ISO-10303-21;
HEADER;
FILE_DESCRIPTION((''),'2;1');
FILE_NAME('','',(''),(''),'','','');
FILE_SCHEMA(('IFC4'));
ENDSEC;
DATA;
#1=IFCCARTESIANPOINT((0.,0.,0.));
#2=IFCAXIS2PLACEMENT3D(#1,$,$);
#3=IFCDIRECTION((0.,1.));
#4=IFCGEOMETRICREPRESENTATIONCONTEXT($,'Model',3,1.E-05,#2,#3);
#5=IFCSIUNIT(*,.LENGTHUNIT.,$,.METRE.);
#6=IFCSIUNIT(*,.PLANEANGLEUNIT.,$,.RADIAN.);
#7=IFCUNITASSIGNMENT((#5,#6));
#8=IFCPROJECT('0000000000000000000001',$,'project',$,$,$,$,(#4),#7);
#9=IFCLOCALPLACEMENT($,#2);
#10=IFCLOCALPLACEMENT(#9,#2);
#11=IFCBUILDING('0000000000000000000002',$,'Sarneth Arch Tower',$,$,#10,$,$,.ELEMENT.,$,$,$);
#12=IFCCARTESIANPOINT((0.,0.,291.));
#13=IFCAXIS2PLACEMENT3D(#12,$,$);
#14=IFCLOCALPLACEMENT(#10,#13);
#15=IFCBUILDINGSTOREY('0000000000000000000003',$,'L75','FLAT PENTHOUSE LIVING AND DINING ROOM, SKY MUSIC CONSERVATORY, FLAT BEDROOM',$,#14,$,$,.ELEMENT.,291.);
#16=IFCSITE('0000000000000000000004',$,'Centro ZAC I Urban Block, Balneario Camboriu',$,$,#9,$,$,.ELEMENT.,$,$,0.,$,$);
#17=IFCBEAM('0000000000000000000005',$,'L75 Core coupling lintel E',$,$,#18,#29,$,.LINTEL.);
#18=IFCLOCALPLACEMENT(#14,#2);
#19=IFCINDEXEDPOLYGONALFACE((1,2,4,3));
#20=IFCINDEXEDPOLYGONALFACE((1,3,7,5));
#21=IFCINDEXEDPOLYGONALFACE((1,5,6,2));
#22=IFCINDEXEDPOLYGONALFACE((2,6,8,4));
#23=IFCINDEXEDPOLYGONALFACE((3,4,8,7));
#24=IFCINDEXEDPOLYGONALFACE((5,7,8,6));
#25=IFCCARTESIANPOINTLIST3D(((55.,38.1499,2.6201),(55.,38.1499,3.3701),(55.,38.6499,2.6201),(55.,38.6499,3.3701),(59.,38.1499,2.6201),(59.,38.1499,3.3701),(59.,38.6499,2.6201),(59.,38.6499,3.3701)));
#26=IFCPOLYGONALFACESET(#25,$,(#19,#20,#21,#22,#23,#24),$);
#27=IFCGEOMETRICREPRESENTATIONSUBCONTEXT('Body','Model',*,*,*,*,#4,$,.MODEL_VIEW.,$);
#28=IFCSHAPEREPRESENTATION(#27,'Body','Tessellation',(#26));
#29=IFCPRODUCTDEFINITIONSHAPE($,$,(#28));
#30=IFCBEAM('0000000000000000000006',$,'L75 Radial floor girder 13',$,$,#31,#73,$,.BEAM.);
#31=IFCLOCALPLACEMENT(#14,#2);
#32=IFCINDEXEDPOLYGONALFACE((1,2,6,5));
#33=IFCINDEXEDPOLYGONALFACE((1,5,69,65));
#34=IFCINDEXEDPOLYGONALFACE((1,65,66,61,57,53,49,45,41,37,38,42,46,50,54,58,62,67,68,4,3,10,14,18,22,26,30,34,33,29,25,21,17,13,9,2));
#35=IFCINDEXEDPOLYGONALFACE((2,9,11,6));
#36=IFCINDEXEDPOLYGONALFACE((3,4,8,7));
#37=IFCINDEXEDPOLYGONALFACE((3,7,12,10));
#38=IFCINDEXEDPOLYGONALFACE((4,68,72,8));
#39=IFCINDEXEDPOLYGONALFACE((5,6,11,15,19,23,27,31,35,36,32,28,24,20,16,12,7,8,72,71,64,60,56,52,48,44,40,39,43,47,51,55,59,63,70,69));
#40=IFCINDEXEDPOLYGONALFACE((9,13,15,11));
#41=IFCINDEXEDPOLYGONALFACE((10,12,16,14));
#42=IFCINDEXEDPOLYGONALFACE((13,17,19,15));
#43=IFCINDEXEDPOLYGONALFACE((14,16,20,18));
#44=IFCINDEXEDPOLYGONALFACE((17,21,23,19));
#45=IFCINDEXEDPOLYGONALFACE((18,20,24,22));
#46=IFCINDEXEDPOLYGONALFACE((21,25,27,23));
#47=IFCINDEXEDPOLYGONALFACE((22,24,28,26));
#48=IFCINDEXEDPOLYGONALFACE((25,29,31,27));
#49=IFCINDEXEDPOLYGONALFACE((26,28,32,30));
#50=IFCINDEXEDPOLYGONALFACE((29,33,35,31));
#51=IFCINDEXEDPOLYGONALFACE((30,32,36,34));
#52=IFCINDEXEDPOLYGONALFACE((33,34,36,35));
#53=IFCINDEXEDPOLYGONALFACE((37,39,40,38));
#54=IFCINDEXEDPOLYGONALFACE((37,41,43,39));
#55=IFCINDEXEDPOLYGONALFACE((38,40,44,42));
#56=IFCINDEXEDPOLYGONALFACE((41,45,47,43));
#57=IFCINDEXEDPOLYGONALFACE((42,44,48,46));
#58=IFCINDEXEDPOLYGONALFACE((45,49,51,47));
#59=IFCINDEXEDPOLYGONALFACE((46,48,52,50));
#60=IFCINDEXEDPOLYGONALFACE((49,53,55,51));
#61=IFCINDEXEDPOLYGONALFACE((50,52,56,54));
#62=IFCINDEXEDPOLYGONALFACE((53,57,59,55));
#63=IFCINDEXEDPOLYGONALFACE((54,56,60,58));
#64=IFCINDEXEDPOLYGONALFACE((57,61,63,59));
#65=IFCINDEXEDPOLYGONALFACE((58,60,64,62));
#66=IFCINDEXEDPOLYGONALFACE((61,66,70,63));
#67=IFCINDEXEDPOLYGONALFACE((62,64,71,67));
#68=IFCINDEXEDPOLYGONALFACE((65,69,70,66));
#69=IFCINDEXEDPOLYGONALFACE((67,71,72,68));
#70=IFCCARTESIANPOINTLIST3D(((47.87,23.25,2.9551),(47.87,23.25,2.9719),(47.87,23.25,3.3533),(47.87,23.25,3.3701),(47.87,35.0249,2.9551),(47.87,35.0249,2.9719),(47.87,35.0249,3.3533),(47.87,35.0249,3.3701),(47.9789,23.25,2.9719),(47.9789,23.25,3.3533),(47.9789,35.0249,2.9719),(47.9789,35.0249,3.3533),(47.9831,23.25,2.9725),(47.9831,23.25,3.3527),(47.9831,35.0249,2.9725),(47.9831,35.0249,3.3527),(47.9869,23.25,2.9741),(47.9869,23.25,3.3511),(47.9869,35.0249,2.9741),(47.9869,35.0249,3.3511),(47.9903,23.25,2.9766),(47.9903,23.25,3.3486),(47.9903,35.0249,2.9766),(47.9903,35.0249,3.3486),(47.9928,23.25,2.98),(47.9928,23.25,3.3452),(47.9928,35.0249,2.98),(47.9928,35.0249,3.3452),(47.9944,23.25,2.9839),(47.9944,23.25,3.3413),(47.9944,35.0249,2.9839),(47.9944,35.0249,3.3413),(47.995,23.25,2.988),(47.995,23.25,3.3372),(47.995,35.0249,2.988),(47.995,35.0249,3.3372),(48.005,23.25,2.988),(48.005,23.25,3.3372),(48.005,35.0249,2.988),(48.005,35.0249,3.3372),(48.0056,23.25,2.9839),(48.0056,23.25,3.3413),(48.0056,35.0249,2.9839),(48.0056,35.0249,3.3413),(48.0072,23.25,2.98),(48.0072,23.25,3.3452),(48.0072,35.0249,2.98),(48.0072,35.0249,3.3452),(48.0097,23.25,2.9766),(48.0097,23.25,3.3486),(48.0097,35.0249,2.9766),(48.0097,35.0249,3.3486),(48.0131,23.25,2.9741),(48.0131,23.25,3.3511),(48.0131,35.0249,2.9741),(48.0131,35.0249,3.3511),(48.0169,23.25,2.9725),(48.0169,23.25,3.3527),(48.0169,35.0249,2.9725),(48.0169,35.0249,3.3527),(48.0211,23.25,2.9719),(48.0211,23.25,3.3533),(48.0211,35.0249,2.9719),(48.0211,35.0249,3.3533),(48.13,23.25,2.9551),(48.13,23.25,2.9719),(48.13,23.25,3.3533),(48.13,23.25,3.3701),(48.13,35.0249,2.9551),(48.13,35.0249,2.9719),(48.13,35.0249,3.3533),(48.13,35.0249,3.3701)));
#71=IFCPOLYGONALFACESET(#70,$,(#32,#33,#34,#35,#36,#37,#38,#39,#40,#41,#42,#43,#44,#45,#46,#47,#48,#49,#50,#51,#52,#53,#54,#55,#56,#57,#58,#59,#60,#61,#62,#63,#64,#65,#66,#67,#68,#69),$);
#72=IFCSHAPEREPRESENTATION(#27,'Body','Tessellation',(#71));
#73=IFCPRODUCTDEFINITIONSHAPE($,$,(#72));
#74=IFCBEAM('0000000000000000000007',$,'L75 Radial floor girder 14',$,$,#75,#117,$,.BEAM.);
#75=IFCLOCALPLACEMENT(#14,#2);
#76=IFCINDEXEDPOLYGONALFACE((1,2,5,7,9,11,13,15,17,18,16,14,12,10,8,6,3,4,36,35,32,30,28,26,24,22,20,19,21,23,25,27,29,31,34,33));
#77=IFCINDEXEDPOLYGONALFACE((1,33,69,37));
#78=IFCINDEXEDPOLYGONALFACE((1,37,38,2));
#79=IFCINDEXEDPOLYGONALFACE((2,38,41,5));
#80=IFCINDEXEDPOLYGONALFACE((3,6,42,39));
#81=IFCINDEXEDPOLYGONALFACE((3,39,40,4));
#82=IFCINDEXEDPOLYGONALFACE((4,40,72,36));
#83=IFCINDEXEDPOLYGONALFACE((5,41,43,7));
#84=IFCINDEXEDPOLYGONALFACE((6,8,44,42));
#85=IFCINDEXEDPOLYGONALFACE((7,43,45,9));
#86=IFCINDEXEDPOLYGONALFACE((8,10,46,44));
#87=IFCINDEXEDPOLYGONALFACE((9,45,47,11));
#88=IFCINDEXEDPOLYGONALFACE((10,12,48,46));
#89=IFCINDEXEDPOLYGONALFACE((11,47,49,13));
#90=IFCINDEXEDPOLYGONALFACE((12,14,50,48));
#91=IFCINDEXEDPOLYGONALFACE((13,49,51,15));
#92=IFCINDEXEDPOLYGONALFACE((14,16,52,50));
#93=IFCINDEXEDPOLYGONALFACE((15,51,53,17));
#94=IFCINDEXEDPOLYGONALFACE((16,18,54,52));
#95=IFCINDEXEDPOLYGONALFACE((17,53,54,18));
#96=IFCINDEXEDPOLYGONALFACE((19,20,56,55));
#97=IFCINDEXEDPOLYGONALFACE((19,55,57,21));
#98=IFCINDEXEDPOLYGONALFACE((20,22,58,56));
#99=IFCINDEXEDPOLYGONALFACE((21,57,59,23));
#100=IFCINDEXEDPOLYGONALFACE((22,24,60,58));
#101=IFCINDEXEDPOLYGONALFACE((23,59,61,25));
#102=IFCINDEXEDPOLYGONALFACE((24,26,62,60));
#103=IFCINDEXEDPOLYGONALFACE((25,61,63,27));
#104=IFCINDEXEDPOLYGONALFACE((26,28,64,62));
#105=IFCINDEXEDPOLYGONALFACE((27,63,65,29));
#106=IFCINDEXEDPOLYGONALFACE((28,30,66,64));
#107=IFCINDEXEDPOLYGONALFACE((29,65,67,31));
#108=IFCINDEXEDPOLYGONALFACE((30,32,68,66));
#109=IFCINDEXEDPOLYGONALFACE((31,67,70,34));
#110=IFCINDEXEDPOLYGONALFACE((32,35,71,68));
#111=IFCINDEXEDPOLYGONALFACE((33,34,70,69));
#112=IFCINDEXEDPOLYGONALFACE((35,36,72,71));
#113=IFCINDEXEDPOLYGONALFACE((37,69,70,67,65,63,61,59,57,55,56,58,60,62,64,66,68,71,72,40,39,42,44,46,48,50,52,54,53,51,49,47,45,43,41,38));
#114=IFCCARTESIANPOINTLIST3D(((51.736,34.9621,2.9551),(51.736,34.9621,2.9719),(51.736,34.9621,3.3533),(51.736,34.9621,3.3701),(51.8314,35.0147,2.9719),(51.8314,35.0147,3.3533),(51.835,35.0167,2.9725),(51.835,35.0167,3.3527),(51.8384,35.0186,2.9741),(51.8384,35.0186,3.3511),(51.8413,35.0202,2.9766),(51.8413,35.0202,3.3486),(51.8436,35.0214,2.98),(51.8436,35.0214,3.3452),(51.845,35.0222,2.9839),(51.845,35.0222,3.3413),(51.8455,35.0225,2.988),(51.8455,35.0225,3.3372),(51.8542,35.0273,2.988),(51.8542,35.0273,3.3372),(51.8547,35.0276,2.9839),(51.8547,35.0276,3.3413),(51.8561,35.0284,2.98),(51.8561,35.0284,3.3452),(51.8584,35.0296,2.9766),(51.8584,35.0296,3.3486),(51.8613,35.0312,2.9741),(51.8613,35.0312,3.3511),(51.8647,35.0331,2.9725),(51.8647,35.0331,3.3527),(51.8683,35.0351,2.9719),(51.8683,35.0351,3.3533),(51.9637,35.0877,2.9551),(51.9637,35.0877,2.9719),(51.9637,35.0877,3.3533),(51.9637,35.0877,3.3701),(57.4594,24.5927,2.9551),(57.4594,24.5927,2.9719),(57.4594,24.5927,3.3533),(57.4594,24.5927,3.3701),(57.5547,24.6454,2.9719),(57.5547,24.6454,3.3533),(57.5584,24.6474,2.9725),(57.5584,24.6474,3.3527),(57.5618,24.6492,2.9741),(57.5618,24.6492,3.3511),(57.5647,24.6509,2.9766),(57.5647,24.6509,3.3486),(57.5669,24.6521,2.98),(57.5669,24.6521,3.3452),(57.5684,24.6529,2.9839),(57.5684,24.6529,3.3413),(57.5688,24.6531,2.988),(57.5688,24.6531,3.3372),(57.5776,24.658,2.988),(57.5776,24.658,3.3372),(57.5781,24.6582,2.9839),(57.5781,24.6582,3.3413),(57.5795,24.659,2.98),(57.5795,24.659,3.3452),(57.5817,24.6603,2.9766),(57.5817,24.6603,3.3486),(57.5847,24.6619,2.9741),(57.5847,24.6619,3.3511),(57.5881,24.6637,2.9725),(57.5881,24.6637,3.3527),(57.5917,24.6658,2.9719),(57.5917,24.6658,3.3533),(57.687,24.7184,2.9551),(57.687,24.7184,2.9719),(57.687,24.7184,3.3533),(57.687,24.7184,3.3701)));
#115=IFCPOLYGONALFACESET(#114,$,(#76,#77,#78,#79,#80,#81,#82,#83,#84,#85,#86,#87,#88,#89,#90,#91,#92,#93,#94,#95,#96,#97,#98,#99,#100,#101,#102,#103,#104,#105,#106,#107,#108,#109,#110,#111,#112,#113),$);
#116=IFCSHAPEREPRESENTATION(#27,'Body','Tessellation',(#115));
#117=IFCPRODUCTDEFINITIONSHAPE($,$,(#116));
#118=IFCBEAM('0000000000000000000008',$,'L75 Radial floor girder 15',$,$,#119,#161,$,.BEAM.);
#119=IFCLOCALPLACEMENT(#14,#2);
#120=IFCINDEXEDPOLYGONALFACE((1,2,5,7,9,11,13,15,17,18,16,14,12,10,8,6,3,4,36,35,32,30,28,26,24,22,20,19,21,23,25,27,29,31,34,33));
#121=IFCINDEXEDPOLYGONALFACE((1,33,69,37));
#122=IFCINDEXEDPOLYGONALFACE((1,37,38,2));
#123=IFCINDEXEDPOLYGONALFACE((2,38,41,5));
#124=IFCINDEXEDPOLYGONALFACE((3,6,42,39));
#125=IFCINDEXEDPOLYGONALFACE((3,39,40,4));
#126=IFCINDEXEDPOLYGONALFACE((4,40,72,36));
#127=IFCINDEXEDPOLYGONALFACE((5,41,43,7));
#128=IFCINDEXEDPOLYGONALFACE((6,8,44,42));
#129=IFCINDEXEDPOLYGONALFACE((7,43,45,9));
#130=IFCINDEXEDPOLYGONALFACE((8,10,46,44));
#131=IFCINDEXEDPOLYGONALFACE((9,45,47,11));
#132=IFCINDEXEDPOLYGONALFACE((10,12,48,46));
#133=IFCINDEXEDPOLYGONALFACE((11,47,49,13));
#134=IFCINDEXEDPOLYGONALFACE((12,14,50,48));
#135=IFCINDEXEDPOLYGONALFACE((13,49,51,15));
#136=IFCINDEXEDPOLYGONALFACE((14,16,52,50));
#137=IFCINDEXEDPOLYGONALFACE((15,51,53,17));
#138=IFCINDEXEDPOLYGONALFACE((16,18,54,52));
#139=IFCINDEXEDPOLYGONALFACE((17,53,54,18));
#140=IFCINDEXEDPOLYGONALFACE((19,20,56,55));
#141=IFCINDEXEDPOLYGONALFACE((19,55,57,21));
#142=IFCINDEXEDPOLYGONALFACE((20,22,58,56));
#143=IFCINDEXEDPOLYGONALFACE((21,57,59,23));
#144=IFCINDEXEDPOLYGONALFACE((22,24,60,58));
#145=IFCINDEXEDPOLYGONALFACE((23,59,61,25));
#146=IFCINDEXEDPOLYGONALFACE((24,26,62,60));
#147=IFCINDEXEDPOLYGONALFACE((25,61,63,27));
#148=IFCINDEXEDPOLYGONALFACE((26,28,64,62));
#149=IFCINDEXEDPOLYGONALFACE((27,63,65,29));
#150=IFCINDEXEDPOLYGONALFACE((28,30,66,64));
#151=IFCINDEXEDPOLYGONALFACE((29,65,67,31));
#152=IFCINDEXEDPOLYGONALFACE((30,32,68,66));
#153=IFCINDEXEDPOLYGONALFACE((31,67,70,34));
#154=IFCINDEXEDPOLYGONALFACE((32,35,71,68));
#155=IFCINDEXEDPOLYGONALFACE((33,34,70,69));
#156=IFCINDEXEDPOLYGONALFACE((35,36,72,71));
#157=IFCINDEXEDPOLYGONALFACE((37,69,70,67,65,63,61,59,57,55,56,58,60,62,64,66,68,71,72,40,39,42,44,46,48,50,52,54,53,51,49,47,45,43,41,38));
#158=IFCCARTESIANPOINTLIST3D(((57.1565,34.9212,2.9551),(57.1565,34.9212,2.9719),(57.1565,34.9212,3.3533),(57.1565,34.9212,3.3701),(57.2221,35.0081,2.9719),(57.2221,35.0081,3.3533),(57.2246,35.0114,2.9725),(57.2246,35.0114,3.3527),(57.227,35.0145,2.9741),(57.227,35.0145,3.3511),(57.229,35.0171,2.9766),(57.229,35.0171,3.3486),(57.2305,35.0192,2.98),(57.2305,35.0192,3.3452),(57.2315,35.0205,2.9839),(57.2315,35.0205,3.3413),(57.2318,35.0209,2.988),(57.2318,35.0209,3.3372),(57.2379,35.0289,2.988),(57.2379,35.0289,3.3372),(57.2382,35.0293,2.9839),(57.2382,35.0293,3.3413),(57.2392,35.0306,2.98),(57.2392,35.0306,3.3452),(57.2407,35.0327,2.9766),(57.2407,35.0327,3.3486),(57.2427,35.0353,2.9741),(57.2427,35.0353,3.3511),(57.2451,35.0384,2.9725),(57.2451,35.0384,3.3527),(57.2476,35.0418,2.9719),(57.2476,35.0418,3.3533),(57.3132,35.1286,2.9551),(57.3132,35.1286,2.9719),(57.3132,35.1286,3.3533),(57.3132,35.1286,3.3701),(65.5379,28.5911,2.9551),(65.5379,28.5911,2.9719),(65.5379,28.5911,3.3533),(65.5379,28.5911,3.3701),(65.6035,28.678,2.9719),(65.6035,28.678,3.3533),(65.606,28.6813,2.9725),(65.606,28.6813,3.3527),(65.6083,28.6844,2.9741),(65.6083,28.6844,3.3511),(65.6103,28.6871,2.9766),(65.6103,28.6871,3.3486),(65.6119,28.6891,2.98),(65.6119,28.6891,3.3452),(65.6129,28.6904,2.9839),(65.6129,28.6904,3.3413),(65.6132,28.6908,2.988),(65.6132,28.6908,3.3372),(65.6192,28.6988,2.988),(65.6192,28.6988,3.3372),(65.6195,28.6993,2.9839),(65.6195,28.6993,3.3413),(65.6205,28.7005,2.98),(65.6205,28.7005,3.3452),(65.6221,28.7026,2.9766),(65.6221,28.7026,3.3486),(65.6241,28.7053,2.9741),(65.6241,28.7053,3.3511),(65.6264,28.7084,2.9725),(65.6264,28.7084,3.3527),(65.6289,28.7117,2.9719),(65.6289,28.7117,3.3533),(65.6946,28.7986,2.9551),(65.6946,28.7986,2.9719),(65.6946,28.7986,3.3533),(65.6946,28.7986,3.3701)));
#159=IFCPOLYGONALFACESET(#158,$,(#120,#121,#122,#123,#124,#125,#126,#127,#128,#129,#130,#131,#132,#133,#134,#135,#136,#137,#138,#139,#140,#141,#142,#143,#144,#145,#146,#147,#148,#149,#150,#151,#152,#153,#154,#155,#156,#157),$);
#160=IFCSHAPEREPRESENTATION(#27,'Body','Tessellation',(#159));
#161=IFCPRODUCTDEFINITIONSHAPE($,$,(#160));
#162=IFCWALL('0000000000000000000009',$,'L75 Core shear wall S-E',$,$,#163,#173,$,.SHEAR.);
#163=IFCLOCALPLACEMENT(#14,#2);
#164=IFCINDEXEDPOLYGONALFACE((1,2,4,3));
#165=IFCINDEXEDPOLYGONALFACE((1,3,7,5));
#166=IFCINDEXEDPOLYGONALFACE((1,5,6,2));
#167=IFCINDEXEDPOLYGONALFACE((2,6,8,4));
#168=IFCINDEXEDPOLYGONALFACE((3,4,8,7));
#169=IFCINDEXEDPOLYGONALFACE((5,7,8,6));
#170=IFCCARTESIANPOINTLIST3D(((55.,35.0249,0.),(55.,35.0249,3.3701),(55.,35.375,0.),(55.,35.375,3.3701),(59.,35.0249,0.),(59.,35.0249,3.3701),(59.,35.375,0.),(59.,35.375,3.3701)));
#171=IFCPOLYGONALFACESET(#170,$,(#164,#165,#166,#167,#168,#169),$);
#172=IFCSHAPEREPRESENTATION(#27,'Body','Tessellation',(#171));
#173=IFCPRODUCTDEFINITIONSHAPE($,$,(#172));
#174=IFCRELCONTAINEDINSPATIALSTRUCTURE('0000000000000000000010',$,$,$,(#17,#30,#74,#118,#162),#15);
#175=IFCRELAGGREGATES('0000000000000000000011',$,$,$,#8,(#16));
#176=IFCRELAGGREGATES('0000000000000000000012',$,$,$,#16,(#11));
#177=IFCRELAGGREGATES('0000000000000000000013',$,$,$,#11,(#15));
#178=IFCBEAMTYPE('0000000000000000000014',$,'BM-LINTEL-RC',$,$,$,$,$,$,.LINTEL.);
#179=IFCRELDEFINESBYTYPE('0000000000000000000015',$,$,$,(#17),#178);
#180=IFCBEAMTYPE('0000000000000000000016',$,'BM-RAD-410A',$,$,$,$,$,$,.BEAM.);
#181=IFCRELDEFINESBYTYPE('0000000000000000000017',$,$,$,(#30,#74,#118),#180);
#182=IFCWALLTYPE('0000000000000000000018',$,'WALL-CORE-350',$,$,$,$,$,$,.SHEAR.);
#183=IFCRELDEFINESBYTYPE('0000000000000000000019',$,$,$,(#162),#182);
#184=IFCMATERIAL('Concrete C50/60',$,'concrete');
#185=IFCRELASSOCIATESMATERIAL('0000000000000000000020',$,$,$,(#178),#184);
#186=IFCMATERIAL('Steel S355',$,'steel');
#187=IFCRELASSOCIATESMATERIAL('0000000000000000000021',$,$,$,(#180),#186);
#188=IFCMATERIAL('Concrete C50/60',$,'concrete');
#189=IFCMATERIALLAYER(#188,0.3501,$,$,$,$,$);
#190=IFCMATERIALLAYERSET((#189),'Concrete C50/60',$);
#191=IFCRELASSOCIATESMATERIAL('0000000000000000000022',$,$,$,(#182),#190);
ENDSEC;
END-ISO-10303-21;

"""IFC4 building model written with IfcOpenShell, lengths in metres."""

from ifc_helpers import new_model, si_unit, direction, frame, frame_2d, origin, origin_2d, place, context, subcontext, project, spatial, rectangle, i_section, extrude, material, layer, layer_set, material_profile, profile_set, type_object, element, save


model = new_model("IFC4")

# Units and contexts
model_context = context("Model", 3, precision=1e-05, world=origin(), true_north=direction((0.0, 1.0)))
body_context = subcontext(model_context, "Body", "Model", "MODEL_VIEW")
ifc_project = project(units=[si_unit("LENGTHUNIT", "METRE"), si_unit("PLANEANGLEUNIT", "RADIAN")], contexts=[model_context])

# Site, building, storey
site_placement = place(None, origin())
site = spatial("IfcSite", under=ifc_project, at=site_placement, Name="Centro ZAC I Urban Block, Balneario Camboriu", CompositionType="ELEMENT", RefElevation=0.0)
building_placement = place(site_placement, origin())
building = spatial("IfcBuilding", under=site, at=building_placement, Name="Sarneth Arch Tower", CompositionType="ELEMENT")
storey_placement = place(building_placement, frame((0.0, 0.0, 291.0)))
storey = spatial("IfcBuildingStorey", under=building, at=storey_placement, Name="L75", Description="FLAT PENTHOUSE LIVING AND DINING ROOM, SKY MUSIC CONSERVATORY, FLAT BEDROOM", CompositionType="ELEMENT", Elevation=291.0)

# Beams
ifc_material_1 = material(Name="Concrete C50/60", Category="concrete")
ifc_material_profile_1 = material_profile(ifc_material_1, rectangle(XDim=0.5, YDim=0.75, at=origin_2d()), Name="RC-500x750")
ifc_profile_set_1 = profile_set([ifc_material_profile_1], Name="Concrete C50/60")
beam_type_1 = type_object("IfcBeamType", Name="BM-LINTEL-RC", PredefinedType="LINTEL", material=ifc_profile_set_1)
beam_1_placement = place(storey_placement, frame((55.0, 38.3999, 2.9951), z_axis=(1.0, 0.0, 0.0), x_axis=(0.0, 1.0, 0.0)))
element("IfcBeam", 1, at=beam_1_placement, inside=storey, type_object=beam_type_1, Name="L75 Core coupling lintel E", PredefinedType="LINTEL", context=body_context, shape_type="SweptSolid", body=[
    extrude(rectangle(XDim=0.5, YDim=0.75, at=origin_2d()), origin(), (0.0, 0.0, 1.0), 4.0),
])
ifc_material_2 = material(Name="Steel S355", Category="steel")
ifc_material_profile_2 = material_profile(ifc_material_2, i_section(OverallWidth=0.26, OverallDepth=0.415, WebThickness=0.01, FlangeThickness=0.0168, FilletRadius=0.0161, at=origin_2d()), Name="W410x100")
ifc_profile_set_2 = profile_set([ifc_material_profile_2], Name="Steel S355")
beam_type_2 = type_object("IfcBeamType", Name="BM-RAD-410A", PredefinedType="BEAM", material=ifc_profile_set_2)
beam_2_placement = place(storey_placement, frame((48.0, 35.0249, 3.1626), z_axis=(0.0, -1.0, 0.0), x_axis=(1.0, 0.0, 0.0)))
element("IfcBeam", 2, at=beam_2_placement, inside=storey, type_object=beam_type_2, Name="L75 Radial floor girder 13", PredefinedType="BEAM", context=body_context, shape_type="SweptSolid", body=[
    extrude(i_section(OverallWidth=0.26, OverallDepth=0.415, WebThickness=0.01, FlangeThickness=0.0168, FilletRadius=0.0161, at=origin_2d()), origin(), (0.0, 0.0, 1.0), 11.7749),
])
beam_3_placement = place(storey_placement, frame((51.8499, 35.0249, 3.1626), z_axis=(0.483229, -0.875494, 0.0), x_axis=(0.875494, 0.483229, 0.0)))
element("IfcBeam", 3, at=beam_3_placement, inside=storey, type_object=beam_type_2, Name="L75 Radial floor girder 14", PredefinedType="BEAM", context=body_context, shape_type="SweptSolid", body=[
    extrude(i_section(OverallWidth=0.26, OverallDepth=0.415, WebThickness=0.01, FlangeThickness=0.0168, FilletRadius=0.0161, at=origin_2d()), origin(), (0.0, 0.0, 1.0), 11.844),
])
beam_4_placement = place(storey_placement, frame((57.2349, 35.0249, 3.1626), z_axis=(0.797982, -0.602682, 0.0), x_axis=(0.602682, 0.797982, 0.0)))
element("IfcBeam", 4, at=beam_4_placement, inside=storey, type_object=beam_type_2, Name="L75 Radial floor girder 15", PredefinedType="BEAM", context=body_context, shape_type="SweptSolid", body=[
    extrude(i_section(OverallWidth=0.26, OverallDepth=0.415, WebThickness=0.01, FlangeThickness=0.0168, FilletRadius=0.0161, at=origin_2d()), origin(), (0.0, 0.0, 1.0), 10.5032),
])

# Wall
ifc_material_3 = material(Name="Concrete C50/60", Category="concrete")
ifc_layer_1 = layer(ifc_material_3, 0.3501)
ifc_layer_set_1 = layer_set([ifc_layer_1], Name="Concrete C50/60")
wall_type_1 = type_object("IfcWallType", Name="WALL-CORE-350", PredefinedType="SHEAR", material=ifc_layer_set_1)
wall_1_placement = place(storey_placement, frame((55.0, 35.2, 0.0), z_axis=(0.0, 0.0, 1.0), x_axis=(1.0, 0.0, 0.0)))
element("IfcWall", 5, at=wall_1_placement, inside=storey, type_object=wall_type_1, Name="L75 Core shear wall S-E", PredefinedType="SHEAR", context=body_context, shape_type="SweptSolid", body=[
    extrude(rectangle(XDim=4.0, YDim=0.3501, at=frame_2d((2.0, 0.0))), origin(), (0.0, 0.0, 1.0), 3.3701),
])

save(model, "model.ifc")
